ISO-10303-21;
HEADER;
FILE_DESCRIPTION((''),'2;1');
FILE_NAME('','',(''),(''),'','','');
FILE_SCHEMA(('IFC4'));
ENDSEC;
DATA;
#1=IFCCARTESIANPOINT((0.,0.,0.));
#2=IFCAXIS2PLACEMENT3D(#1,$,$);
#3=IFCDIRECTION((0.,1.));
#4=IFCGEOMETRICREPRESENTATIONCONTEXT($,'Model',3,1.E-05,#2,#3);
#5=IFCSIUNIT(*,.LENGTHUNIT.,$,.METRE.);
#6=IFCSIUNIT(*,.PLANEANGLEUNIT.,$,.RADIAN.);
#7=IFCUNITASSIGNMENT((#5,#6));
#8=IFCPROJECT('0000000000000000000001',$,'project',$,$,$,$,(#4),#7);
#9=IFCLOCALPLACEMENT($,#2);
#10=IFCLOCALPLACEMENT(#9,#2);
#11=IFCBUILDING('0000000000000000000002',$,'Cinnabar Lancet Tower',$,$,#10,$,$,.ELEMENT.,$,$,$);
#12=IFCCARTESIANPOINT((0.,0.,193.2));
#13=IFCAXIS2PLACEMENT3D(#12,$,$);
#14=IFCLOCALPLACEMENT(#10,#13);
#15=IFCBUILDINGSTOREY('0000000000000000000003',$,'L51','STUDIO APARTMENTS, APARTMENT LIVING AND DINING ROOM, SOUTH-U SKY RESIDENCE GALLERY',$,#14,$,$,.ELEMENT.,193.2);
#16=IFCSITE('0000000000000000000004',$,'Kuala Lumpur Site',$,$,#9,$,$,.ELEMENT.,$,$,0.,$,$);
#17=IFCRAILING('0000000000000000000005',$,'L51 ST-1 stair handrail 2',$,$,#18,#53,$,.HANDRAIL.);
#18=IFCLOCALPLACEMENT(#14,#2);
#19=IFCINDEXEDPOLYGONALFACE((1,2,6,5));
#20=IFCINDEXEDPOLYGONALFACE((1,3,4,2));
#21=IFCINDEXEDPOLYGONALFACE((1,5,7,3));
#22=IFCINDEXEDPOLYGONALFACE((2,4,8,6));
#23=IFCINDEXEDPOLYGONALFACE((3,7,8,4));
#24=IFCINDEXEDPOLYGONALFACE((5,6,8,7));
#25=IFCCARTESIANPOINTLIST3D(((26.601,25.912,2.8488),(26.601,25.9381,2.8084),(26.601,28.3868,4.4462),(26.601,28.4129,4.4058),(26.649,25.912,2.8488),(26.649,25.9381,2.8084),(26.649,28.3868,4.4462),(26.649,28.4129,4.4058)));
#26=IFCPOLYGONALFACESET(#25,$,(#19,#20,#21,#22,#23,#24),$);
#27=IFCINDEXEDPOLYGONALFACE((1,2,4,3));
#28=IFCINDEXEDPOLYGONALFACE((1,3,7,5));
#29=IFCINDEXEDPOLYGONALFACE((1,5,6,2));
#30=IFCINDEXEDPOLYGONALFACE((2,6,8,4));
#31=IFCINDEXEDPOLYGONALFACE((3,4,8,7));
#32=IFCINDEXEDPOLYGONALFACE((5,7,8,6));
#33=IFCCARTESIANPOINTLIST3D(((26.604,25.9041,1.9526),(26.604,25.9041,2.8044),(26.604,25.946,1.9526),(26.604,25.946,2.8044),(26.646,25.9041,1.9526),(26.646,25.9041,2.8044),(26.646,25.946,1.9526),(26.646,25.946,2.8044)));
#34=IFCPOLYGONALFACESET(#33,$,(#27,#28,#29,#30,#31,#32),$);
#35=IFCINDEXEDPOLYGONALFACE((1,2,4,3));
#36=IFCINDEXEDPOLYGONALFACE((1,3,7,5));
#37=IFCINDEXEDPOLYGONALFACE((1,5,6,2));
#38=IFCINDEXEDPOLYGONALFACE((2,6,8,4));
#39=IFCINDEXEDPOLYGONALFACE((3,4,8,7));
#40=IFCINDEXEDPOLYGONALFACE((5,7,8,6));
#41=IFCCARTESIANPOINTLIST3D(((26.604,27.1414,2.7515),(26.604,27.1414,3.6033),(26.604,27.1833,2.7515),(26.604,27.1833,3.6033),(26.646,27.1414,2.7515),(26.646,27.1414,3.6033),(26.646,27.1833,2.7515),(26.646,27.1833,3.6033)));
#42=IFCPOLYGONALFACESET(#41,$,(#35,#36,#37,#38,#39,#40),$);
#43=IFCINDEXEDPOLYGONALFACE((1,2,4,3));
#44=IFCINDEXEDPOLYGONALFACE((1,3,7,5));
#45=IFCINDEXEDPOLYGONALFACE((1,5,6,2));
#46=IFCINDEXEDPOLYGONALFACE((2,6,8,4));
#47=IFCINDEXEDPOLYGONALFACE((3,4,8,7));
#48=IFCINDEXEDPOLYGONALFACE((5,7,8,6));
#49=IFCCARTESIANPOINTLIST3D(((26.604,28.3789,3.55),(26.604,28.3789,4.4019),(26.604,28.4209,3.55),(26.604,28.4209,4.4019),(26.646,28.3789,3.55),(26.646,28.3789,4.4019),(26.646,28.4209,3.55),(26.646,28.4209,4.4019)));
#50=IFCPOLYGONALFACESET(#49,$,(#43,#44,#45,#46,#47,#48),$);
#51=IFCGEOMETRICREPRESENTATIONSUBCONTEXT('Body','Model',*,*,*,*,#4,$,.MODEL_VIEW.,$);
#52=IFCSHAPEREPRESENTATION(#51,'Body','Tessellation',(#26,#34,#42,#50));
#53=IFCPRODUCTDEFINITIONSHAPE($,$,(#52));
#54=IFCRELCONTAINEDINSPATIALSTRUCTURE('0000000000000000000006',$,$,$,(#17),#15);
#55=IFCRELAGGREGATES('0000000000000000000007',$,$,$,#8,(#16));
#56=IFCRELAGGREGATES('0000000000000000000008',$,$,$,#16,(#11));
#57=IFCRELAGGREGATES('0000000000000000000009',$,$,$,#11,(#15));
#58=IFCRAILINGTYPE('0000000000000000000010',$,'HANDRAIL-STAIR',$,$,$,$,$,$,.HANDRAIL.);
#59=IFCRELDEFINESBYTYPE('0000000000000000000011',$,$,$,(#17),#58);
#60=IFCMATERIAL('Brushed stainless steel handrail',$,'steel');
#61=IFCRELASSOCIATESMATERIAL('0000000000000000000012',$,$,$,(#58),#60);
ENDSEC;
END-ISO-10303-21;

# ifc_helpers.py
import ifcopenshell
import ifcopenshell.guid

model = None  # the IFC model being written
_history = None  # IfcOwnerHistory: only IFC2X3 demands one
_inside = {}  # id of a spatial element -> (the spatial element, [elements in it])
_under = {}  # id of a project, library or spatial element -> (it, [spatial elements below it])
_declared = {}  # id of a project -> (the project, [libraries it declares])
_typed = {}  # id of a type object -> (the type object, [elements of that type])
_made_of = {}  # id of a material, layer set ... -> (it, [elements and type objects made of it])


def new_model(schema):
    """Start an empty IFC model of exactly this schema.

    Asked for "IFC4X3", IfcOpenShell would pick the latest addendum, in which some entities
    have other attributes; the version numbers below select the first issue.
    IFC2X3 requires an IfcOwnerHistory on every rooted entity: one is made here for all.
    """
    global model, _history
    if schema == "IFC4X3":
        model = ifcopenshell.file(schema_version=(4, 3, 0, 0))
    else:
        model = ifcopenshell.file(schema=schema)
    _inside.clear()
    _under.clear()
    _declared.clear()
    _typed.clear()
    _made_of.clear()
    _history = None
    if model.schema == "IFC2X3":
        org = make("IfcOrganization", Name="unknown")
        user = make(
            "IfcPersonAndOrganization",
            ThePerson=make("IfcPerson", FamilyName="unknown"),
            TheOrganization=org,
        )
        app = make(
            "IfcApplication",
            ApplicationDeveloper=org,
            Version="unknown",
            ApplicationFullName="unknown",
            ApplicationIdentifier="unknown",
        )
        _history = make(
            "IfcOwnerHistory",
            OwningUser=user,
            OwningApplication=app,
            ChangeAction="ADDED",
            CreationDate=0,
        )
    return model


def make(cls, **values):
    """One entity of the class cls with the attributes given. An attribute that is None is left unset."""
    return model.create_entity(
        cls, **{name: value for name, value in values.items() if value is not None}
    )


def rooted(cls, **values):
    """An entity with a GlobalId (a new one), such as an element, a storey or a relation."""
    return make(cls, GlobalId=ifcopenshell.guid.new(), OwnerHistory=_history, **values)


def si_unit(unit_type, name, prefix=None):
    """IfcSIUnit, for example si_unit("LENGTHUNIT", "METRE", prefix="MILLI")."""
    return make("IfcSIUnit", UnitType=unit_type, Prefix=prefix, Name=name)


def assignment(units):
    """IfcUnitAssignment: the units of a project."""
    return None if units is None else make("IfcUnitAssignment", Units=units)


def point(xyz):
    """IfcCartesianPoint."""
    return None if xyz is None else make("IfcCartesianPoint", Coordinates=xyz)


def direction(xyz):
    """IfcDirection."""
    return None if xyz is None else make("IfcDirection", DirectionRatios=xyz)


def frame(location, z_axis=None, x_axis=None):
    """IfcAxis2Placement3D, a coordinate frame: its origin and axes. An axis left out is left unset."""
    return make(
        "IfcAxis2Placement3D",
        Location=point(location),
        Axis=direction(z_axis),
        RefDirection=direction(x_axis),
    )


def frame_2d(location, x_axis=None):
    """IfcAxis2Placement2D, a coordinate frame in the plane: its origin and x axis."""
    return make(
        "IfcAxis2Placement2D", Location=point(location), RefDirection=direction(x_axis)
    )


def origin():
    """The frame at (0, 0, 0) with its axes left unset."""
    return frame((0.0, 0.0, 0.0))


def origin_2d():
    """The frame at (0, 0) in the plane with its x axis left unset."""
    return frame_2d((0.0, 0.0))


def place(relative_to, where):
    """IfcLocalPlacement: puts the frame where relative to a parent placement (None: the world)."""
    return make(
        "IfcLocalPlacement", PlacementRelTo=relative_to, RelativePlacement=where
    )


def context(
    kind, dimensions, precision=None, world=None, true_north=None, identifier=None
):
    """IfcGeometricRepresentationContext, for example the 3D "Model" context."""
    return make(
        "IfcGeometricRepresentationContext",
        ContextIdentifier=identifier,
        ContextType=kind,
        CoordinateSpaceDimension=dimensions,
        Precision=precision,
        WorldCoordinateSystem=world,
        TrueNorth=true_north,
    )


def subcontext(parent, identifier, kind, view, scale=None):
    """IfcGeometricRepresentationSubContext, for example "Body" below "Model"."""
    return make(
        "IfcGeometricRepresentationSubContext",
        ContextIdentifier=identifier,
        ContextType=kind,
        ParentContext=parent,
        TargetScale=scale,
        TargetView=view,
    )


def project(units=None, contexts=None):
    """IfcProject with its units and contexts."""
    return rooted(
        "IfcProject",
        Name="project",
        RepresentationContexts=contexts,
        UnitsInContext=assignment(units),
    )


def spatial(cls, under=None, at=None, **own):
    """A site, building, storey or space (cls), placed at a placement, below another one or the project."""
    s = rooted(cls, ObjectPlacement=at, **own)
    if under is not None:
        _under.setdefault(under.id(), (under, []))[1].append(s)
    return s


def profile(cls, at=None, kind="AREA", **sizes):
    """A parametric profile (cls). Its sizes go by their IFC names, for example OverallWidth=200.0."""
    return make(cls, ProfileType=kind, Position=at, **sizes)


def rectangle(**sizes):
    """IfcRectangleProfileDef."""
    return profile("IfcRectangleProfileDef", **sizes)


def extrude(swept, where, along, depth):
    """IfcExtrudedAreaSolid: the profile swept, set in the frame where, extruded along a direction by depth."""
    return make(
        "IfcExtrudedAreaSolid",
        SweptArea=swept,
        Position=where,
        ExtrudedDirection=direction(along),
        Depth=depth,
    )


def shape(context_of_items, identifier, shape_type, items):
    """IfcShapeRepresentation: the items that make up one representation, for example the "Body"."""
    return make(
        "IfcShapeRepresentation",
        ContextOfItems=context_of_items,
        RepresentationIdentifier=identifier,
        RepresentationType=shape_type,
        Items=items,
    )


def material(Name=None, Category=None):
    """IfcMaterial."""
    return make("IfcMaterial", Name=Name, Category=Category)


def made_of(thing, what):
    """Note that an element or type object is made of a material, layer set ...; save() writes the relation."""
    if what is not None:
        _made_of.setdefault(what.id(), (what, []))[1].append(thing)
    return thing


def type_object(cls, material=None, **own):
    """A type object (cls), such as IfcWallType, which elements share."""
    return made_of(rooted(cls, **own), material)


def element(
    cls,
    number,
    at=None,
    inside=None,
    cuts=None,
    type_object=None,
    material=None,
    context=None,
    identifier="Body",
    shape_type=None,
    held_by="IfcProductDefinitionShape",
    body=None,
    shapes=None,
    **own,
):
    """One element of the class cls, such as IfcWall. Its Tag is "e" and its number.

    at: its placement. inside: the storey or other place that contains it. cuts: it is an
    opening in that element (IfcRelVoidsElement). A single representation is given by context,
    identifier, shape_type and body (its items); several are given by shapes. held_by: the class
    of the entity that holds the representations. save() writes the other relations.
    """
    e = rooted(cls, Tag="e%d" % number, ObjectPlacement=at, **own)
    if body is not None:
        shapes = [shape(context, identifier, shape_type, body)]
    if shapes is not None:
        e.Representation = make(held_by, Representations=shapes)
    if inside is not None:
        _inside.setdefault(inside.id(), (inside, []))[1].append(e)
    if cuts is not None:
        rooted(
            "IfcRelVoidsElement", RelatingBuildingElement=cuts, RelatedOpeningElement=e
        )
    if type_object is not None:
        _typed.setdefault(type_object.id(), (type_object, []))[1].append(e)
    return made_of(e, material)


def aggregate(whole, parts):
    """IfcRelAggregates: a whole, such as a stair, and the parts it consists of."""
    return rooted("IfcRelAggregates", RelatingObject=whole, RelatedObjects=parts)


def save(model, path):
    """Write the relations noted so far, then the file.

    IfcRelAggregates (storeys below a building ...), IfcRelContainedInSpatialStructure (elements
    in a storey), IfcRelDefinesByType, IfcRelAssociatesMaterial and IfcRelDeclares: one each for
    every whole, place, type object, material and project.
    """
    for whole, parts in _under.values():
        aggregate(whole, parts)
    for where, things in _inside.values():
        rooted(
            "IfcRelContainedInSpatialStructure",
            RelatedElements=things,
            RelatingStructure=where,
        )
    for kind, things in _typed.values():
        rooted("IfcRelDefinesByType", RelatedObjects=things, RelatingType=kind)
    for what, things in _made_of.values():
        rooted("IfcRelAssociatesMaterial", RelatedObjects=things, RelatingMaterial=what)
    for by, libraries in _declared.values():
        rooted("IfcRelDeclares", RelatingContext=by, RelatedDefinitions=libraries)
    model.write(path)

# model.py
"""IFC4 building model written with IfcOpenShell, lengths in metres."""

from ifc_helpers import new_model, si_unit, direction, frame, origin, origin_2d, place, context, subcontext, project, spatial, rectangle, extrude, material, type_object, element, save


model = new_model("IFC4")

# Units and contexts
model_context = context("Model", 3, precision=1e-05, world=origin(), true_north=direction((0.0, 1.0)))
body_context = subcontext(model_context, "Body", "Model", "MODEL_VIEW")
ifc_project = project(units=[si_unit("LENGTHUNIT", "METRE"), si_unit("PLANEANGLEUNIT", "RADIAN")], contexts=[model_context])

# Site, building, storey
site_placement = place(None, origin())
site = spatial("IfcSite", under=ifc_project, at=site_placement, Name="Kuala Lumpur Site", CompositionType="ELEMENT", RefElevation=0.0)
building_placement = place(site_placement, origin())
building = spatial("IfcBuilding", under=site, at=building_placement, Name="Cinnabar Lancet Tower", CompositionType="ELEMENT")
storey_placement = place(building_placement, frame((0.0, 0.0, 193.2)))
storey = spatial("IfcBuildingStorey", under=building, at=storey_placement, Name="L51", Description="STUDIO APARTMENTS, APARTMENT LIVING AND DINING ROOM, SOUTH-U SKY RESIDENCE GALLERY", CompositionType="ELEMENT", Elevation=193.2)

# Railing
ifc_material_1 = material(Name="Brushed stainless steel handrail", Category="steel")
railing_type_1 = type_object("IfcRailingType", Name="HANDRAIL-STAIR", PredefinedType="HANDRAIL", material=ifc_material_1)
railing_1_placement = place(storey_placement, frame((26.625, 25.925, 1.9526)))
element("IfcRailing", 1, at=railing_1_placement, inside=storey, type_object=railing_type_1, Name="L51 ST-1 stair handrail 2", PredefinedType="HANDRAIL", context=body_context, shape_type="SweptSolid", body=[
    extrude(rectangle(XDim=0.0481, YDim=0.0481, at=origin_2d()), frame((0.0, 0.0, 0.876), z_axis=(0.0, 0.840183, 0.542302), x_axis=(-1.0, 0.0, 0.0)), (0.0, 0.0, 1.0), 2.9456),
    extrude(rectangle(XDim=0.042, YDim=0.042, at=origin_2d()), origin(), (0.0, 0.0, 1.0), 0.8518),
    extrude(rectangle(XDim=0.042, YDim=0.042, at=origin_2d()), frame((0.0, 1.2373, 0.7988)), (0.0, 0.0, 1.0), 0.8518),
    extrude(rectangle(XDim=0.042, YDim=0.042, at=origin_2d()), frame((0.0, 2.4749, 1.5974)), (0.0, 0.0, 1.0), 0.8518),
])

save(model, "model.ifc")
